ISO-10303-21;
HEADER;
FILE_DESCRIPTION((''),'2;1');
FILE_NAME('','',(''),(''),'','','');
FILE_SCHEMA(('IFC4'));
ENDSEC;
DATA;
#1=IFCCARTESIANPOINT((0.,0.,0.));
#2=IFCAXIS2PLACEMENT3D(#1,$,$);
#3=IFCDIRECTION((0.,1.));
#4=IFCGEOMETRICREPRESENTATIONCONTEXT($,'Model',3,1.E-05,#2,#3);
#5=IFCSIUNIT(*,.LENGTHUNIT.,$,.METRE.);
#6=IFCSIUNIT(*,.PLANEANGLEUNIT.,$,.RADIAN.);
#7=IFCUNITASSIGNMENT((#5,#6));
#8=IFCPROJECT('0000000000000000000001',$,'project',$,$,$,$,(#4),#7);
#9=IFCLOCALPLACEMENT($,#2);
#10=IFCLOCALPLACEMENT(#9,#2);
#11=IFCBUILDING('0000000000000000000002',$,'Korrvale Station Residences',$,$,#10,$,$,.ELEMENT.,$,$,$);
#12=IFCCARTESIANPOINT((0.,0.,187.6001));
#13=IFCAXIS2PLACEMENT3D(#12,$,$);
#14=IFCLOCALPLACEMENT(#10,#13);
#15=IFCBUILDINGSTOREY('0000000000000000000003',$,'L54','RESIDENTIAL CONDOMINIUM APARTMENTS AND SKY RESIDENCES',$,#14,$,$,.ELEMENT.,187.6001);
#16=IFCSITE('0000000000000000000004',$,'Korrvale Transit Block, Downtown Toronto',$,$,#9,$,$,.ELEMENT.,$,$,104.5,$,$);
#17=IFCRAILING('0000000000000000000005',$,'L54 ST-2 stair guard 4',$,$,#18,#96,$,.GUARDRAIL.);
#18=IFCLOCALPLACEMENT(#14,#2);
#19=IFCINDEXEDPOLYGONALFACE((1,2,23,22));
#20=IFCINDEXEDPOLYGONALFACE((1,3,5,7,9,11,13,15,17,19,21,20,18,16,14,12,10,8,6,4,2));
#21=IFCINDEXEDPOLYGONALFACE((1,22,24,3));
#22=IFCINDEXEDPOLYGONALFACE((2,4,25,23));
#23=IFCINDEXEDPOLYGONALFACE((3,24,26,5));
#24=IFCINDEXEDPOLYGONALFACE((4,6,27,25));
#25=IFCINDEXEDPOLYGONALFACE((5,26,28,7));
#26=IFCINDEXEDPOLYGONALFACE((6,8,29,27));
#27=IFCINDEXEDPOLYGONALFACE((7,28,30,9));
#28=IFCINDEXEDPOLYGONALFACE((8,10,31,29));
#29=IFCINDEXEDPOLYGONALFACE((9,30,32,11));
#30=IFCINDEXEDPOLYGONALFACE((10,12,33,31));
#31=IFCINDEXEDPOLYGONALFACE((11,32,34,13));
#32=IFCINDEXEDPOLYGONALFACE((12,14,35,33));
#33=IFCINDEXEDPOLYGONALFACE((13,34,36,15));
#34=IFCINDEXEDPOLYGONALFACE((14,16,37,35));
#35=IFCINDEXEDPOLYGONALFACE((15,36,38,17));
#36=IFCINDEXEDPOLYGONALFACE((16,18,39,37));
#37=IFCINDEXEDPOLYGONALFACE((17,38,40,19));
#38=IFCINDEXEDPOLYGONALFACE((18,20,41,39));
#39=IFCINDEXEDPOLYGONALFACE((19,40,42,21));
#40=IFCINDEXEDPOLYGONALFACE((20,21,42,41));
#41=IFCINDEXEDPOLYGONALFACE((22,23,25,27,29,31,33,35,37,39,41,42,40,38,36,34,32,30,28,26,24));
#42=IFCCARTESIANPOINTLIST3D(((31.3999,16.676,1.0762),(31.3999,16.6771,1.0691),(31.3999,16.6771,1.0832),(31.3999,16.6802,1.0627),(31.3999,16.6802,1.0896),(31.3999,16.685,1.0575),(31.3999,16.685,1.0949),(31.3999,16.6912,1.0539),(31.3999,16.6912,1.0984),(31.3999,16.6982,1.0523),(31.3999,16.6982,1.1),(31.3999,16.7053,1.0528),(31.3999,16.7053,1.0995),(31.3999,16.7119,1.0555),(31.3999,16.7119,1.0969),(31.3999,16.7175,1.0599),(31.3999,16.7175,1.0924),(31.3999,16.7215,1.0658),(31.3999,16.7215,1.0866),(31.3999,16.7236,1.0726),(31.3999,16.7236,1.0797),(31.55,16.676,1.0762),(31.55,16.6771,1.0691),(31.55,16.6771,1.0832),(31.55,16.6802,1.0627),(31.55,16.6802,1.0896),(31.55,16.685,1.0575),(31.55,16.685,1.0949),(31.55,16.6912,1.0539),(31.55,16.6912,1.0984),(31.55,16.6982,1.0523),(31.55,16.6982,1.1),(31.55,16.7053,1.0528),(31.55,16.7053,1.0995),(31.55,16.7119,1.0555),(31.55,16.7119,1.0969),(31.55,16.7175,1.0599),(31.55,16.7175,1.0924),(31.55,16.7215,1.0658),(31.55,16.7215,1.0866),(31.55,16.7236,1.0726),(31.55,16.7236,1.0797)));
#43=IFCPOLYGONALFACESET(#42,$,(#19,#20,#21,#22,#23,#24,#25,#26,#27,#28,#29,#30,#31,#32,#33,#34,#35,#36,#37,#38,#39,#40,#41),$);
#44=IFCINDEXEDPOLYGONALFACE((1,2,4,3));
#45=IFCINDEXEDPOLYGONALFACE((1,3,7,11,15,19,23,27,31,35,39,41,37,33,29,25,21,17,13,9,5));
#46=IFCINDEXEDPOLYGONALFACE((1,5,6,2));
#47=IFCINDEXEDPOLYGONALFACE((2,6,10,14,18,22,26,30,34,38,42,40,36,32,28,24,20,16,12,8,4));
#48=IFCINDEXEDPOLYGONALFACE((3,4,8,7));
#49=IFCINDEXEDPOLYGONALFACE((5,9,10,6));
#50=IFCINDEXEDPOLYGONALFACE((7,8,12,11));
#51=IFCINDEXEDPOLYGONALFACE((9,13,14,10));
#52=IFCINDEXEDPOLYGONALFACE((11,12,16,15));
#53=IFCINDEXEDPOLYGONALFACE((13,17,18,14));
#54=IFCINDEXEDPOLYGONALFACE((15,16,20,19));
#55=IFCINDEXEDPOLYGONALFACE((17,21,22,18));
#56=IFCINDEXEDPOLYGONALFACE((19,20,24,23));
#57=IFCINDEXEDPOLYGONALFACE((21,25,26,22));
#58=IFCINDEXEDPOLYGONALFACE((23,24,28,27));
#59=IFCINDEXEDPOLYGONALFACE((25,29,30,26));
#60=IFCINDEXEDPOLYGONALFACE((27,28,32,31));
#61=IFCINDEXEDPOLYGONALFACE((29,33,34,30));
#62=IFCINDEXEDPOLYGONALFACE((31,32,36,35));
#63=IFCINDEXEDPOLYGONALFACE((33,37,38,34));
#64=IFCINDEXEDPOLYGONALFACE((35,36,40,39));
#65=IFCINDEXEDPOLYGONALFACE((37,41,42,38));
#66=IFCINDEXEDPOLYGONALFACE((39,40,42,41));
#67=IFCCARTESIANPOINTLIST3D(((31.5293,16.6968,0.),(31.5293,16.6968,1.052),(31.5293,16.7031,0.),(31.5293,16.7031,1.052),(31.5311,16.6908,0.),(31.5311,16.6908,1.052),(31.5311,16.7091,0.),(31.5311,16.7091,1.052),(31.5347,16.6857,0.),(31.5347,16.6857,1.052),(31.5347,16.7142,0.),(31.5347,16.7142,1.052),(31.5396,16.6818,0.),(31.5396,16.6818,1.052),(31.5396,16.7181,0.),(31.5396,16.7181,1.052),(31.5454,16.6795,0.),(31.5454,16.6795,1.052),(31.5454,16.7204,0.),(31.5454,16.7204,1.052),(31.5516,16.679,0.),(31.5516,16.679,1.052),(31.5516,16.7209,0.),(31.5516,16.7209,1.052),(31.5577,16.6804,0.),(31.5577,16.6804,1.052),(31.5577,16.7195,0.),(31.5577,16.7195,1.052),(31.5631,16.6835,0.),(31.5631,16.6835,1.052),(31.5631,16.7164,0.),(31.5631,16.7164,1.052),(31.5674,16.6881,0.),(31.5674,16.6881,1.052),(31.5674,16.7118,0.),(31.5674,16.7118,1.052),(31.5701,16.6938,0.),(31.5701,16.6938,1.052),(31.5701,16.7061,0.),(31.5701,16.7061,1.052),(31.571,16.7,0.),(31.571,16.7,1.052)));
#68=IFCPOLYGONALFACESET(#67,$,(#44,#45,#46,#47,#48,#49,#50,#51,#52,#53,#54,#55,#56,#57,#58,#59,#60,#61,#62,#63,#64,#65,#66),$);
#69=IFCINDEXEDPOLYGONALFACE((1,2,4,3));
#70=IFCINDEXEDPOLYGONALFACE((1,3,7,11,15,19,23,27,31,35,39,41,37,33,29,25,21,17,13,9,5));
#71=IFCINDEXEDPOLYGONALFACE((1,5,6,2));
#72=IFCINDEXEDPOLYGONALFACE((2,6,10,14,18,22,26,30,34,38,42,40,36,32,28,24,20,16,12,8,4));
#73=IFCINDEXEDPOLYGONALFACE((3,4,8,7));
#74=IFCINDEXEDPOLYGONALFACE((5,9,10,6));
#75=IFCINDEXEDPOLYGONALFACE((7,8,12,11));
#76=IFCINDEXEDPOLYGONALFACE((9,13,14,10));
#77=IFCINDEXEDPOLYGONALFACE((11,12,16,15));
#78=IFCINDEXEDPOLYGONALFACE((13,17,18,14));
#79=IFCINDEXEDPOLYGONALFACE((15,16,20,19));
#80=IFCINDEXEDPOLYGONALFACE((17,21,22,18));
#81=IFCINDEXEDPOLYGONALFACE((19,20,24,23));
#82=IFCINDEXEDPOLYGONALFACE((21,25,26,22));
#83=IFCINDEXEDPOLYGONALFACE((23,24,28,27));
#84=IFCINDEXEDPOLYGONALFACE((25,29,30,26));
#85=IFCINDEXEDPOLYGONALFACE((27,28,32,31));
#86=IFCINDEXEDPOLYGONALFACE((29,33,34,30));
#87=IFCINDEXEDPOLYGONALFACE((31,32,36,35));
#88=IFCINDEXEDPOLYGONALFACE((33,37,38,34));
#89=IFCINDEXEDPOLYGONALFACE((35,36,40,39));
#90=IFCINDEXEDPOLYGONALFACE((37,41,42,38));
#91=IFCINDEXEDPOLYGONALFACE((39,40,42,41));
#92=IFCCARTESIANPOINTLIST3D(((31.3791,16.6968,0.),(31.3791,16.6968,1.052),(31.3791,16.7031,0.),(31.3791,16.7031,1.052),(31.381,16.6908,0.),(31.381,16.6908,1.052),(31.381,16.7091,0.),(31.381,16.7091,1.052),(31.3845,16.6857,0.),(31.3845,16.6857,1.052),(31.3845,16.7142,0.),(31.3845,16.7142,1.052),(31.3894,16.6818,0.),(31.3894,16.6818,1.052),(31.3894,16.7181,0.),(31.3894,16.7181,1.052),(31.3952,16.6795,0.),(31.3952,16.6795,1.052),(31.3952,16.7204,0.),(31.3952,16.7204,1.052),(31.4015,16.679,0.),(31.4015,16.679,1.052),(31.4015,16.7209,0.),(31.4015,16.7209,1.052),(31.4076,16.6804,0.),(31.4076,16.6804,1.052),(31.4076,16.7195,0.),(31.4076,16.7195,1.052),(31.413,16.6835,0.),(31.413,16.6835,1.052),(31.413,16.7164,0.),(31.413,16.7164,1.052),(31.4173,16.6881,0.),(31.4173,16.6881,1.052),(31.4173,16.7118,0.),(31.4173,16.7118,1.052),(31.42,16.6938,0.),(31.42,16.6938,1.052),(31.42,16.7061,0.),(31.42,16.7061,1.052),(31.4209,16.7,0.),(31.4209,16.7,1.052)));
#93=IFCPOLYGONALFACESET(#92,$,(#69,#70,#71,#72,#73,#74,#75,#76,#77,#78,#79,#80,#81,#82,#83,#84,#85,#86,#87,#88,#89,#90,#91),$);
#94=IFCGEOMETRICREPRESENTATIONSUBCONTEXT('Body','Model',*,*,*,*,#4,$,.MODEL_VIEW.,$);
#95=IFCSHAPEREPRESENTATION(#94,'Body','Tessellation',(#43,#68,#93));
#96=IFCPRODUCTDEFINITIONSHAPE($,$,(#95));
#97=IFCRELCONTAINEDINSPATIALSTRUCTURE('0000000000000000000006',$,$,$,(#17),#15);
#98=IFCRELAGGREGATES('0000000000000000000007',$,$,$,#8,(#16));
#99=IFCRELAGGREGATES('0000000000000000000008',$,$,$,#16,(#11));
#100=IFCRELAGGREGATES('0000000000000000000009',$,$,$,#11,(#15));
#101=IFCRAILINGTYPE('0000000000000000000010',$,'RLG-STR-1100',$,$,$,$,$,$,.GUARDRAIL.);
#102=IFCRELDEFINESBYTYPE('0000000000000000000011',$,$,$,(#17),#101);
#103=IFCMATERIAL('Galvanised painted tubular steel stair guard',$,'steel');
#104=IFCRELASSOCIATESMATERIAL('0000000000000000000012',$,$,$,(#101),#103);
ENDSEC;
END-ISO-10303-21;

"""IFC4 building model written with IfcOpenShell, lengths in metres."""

from ifc_helpers import new_model, si_unit, direction, frame, origin, origin_2d, place, context, subcontext, project, spatial, circle, extrude, material, type_object, element, save


model = new_model("IFC4")

# Units and contexts
model_context = context("Model", 3, precision=1e-05, world=origin(), true_north=direction((0.0, 1.0)))
body_context = subcontext(model_context, "Body", "Model", "MODEL_VIEW")
ifc_project = project(units=[si_unit("LENGTHUNIT", "METRE"), si_unit("PLANEANGLEUNIT", "RADIAN")], contexts=[model_context])

# Site, building, storey
site_placement = place(None, origin())
site = spatial("IfcSite", under=ifc_project, at=site_placement, Name="Korrvale Transit Block, Downtown Toronto", CompositionType="ELEMENT", RefElevation=104.5)
building_placement = place(site_placement, origin())
building = spatial("IfcBuilding", under=site, at=building_placement, Name="Korrvale Station Residences", CompositionType="ELEMENT")
storey_placement = place(building_placement, frame((0.0, 0.0, 187.6001)))
storey = spatial("IfcBuildingStorey", under=building, at=storey_placement, Name="L54", Description="RESIDENTIAL CONDOMINIUM APARTMENTS AND SKY RESIDENCES", CompositionType="ELEMENT", Elevation=187.6001)

# Railing
ifc_material_1 = material(Name="Galvanised painted tubular steel stair guard", Category="steel")
railing_type_1 = type_object("IfcRailingType", Name="RLG-STR-1100", PredefinedType="GUARDRAIL", material=ifc_material_1)
railing_1_placement = place(storey_placement, frame((31.55, 16.7, 0.0)))
element("IfcRailing", 1, at=railing_1_placement, inside=storey, type_object=railing_type_1, Name="L54 ST-2 stair guard 4", PredefinedType="GUARDRAIL", context=body_context, shape_type="SweptSolid", body=[
    extrude(circle(Radius=0.0239, at=origin_2d()), frame((0.0, 0.0, 1.0762), z_axis=(-1.0, 0.0, 0.0), x_axis=(0.0, -1.0, 0.0)), (0.0, 0.0, 1.0), 0.1501),
    extrude(circle(Radius=0.021, at=origin_2d()), origin(), (0.0, 0.0, 1.0), 1.052),
    extrude(circle(Radius=0.021, at=origin_2d()), frame((-0.1501, 0.0, 0.0)), (0.0, 0.0, 1.0), 1.052),
])

save(model, "model.ifc")
